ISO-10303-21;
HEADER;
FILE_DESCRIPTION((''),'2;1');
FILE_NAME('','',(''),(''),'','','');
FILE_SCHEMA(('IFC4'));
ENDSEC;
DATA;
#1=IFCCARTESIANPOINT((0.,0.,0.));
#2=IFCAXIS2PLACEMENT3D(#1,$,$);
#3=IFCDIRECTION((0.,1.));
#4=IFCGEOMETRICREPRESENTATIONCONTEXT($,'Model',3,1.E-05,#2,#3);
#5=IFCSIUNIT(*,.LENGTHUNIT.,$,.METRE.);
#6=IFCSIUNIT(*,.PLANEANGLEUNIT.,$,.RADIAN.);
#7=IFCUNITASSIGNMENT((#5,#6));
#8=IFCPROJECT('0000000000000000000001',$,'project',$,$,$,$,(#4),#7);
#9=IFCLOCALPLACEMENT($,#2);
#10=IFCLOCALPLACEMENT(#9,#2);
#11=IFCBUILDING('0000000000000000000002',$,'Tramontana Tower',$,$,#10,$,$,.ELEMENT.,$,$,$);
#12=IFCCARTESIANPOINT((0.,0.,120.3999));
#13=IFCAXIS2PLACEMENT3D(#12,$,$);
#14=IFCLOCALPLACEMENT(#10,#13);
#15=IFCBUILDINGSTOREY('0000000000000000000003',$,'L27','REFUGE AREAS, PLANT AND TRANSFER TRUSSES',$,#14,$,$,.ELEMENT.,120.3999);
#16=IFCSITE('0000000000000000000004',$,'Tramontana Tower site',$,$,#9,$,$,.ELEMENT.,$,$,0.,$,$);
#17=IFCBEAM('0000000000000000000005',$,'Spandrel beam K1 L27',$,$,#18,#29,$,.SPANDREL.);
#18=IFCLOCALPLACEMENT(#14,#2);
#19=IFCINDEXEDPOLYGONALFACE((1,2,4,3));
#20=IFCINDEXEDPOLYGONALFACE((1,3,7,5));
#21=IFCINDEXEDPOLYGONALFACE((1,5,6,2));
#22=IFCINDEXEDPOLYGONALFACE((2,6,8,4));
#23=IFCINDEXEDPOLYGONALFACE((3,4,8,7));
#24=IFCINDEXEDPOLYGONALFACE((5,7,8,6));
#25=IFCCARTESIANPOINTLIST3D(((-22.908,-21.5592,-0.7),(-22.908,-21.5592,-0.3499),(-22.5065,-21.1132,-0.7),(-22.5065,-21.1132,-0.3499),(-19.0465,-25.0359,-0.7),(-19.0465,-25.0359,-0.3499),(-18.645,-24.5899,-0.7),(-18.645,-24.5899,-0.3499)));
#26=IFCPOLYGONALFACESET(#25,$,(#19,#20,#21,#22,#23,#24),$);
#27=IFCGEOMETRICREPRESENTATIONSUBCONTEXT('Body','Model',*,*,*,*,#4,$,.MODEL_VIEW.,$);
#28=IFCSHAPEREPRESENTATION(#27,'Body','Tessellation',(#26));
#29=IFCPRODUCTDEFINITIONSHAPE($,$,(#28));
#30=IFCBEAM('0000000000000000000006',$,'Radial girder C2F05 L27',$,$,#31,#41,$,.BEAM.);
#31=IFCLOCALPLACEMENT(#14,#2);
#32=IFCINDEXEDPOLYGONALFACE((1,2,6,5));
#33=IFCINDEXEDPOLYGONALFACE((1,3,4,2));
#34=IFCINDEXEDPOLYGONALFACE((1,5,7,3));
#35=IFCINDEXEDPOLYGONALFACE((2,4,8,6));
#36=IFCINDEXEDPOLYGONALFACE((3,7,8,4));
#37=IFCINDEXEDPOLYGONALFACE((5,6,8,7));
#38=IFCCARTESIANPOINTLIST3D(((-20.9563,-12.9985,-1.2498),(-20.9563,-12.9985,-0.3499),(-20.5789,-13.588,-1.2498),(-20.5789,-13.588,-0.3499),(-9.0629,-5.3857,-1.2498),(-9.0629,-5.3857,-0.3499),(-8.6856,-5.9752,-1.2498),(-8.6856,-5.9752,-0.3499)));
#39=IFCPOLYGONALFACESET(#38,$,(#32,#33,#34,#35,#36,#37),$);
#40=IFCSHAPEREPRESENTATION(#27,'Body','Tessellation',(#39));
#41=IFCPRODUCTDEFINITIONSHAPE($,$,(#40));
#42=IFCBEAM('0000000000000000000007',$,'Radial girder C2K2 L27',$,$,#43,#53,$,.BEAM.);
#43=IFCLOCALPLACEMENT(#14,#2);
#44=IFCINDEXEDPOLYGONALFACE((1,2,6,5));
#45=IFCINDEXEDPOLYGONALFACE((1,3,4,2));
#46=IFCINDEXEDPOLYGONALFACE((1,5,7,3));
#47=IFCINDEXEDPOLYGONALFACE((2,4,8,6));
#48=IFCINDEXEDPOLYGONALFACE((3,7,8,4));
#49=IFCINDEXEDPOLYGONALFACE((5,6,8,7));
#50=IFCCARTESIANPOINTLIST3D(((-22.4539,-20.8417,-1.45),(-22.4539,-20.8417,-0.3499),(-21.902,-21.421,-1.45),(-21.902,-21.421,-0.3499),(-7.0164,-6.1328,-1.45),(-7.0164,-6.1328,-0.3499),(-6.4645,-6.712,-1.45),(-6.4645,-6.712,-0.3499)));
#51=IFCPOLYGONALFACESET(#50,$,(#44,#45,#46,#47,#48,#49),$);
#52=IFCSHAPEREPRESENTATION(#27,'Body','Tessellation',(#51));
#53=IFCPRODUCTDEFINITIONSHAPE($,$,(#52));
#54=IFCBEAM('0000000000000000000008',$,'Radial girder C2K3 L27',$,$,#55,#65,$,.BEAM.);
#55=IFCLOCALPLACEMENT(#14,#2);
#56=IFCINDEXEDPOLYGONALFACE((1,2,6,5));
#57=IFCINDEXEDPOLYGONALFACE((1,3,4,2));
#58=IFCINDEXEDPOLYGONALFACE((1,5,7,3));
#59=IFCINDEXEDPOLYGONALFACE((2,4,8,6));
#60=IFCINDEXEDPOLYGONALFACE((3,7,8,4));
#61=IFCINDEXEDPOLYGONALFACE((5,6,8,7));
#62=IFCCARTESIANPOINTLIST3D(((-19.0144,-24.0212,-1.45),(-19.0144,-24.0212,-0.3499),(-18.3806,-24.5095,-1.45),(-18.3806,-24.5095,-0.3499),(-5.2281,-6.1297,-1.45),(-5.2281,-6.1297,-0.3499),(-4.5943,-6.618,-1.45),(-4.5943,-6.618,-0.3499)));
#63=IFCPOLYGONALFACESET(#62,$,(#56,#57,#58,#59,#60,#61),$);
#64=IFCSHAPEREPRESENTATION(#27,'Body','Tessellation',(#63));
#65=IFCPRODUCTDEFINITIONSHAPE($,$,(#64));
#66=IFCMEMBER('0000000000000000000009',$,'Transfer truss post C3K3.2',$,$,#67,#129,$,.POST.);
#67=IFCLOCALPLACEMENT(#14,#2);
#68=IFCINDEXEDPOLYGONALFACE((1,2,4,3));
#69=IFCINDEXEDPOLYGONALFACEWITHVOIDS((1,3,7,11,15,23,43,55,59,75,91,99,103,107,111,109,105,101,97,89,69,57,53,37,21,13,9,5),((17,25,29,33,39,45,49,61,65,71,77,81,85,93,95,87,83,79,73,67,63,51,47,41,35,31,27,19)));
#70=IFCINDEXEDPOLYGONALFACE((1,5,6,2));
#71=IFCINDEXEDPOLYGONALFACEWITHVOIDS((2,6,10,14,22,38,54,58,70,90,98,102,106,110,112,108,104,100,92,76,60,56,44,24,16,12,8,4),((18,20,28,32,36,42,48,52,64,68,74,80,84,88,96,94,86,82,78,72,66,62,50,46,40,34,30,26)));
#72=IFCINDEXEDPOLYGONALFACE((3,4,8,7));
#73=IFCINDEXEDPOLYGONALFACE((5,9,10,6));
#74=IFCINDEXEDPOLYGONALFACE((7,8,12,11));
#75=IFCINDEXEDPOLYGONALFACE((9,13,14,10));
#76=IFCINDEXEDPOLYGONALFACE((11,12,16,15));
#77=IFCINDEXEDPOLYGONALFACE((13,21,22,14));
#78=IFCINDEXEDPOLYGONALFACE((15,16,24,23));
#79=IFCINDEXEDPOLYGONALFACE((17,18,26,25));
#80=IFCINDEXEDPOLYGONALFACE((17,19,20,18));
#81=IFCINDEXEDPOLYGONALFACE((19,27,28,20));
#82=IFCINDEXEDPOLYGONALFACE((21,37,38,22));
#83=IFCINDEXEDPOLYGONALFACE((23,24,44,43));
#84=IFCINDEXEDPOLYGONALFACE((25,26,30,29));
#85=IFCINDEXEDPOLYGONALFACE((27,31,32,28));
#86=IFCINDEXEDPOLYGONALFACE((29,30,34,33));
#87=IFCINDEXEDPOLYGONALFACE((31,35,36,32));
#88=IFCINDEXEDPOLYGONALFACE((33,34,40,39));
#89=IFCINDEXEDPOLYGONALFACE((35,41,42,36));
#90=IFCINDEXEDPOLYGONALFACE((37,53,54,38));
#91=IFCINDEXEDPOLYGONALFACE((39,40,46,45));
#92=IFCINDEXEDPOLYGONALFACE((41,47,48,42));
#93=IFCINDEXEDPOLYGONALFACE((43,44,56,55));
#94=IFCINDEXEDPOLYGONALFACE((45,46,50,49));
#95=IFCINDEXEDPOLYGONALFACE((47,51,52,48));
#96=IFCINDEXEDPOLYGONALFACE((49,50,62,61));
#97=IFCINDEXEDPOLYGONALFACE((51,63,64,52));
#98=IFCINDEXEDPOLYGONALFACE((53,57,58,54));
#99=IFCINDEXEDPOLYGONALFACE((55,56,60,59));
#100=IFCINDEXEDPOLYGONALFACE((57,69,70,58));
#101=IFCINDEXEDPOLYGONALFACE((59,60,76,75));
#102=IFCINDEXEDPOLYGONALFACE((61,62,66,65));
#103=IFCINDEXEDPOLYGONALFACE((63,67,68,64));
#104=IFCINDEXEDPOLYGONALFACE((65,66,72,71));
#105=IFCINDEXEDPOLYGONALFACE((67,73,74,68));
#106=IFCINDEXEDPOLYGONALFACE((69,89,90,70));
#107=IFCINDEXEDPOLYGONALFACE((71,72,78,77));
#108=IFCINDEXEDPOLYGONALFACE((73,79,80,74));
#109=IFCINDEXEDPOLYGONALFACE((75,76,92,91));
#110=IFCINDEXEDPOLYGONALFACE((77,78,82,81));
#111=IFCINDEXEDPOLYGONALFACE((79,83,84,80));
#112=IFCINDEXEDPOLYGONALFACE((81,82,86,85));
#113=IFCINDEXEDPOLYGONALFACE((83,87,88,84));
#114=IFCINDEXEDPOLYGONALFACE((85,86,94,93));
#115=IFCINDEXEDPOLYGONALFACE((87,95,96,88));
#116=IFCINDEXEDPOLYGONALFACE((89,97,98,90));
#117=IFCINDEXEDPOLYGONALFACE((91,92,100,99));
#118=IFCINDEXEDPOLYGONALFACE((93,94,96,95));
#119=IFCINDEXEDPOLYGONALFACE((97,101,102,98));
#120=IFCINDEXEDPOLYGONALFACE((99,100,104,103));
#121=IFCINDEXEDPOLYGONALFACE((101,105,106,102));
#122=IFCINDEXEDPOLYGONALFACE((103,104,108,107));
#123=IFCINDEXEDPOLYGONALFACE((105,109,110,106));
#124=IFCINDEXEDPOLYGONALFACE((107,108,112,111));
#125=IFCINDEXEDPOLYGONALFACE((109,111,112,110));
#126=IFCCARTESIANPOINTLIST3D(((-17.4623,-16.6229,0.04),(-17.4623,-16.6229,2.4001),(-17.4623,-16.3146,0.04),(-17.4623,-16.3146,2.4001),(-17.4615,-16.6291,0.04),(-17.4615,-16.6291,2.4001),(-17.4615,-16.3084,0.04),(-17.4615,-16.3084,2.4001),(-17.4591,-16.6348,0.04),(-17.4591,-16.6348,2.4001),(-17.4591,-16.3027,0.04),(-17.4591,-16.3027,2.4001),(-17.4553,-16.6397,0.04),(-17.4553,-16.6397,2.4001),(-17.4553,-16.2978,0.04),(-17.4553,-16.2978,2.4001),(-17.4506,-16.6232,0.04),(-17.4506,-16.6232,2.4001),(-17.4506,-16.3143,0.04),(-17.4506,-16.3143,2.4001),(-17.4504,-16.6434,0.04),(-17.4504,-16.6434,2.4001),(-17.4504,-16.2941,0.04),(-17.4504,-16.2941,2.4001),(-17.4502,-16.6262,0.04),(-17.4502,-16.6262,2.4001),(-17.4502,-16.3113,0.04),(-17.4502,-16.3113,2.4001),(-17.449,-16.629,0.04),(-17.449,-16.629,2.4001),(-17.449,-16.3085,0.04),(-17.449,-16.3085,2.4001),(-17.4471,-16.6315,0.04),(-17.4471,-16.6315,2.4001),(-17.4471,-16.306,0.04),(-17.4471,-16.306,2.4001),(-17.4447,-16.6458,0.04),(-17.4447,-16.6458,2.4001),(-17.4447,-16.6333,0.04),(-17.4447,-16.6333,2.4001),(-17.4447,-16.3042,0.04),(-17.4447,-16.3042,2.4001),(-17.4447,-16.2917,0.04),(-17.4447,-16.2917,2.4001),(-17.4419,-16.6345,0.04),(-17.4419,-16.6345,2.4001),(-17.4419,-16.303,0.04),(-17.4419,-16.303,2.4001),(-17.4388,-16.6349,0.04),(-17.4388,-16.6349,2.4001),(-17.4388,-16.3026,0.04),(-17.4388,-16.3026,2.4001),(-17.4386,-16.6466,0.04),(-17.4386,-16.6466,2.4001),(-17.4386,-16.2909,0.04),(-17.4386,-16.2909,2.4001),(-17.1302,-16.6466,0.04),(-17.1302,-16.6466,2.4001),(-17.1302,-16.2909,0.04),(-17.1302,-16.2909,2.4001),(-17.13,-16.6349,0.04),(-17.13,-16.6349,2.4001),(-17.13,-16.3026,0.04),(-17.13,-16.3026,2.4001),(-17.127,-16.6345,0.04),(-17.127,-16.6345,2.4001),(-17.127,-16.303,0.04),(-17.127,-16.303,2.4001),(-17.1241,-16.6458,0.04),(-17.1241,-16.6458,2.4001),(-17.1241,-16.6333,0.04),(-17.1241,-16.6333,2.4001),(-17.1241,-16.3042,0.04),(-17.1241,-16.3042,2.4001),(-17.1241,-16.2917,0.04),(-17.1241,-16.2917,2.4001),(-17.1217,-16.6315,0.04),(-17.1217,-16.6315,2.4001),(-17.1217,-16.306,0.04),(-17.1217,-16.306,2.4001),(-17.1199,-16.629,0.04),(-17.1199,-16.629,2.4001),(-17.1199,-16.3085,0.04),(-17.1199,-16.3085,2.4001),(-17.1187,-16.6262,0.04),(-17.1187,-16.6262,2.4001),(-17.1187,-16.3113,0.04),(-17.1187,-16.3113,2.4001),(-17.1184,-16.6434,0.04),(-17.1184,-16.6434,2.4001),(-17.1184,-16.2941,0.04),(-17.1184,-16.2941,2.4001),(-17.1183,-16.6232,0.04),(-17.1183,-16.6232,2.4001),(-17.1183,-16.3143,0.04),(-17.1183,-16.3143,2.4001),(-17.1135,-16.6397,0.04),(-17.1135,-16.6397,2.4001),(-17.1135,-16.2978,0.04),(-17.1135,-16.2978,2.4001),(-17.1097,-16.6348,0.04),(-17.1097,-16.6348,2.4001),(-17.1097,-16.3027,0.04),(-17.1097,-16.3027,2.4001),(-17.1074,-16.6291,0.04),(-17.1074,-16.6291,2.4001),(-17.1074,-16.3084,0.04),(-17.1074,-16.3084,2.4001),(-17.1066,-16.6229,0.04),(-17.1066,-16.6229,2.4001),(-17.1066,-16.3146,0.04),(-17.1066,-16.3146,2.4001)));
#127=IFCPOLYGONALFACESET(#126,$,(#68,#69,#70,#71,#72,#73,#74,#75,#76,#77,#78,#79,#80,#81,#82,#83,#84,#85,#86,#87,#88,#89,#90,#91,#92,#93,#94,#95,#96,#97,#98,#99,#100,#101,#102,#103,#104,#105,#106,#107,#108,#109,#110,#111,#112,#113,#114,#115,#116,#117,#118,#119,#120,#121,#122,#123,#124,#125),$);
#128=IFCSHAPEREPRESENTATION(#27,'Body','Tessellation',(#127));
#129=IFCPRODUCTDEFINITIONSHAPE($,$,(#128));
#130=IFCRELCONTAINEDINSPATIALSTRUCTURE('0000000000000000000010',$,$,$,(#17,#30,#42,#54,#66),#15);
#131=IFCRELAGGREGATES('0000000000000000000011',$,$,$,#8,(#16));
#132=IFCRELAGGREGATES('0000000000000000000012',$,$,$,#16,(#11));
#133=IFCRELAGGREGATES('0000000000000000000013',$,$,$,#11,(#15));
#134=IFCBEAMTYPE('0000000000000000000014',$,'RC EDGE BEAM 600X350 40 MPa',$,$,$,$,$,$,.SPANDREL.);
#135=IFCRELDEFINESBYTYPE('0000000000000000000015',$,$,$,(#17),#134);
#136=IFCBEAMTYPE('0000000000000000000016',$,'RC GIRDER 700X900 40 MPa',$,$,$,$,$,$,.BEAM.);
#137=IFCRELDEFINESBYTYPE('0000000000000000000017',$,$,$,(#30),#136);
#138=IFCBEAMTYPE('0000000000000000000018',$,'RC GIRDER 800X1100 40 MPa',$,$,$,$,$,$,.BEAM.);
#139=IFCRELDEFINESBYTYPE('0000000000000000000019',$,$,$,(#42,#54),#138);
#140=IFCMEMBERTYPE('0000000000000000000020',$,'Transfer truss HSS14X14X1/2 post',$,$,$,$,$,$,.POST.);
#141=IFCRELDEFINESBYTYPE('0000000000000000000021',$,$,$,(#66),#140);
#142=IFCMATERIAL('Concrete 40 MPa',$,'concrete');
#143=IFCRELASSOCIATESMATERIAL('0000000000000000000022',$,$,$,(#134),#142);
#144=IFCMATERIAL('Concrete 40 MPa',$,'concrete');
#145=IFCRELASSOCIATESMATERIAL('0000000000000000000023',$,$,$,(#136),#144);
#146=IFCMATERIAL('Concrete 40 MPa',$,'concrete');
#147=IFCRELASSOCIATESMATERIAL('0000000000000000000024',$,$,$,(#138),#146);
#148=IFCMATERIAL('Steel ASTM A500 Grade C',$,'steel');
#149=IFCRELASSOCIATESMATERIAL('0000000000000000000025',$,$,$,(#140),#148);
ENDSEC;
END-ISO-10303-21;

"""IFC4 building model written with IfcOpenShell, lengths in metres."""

from ifc_helpers import new_model, si_unit, direction, frame, origin, origin_2d, place, context, subcontext, project, spatial, rectangle, hollow_rectangle, extrude, material, material_profile, profile_set, type_object, element, save


model = new_model("IFC4")

# Units and contexts
model_context = context("Model", 3, precision=1e-05, world=origin(), true_north=direction((0.0, 1.0)))
body_context = subcontext(model_context, "Body", "Model", "MODEL_VIEW")
ifc_project = project(units=[si_unit("LENGTHUNIT", "METRE"), si_unit("PLANEANGLEUNIT", "RADIAN")], contexts=[model_context])

# Site, building, storey
site_placement = place(None, origin())
site = spatial("IfcSite", under=ifc_project, at=site_placement, Name="Tramontana Tower site", CompositionType="ELEMENT", RefElevation=0.0)
building_placement = place(site_placement, origin())
building = spatial("IfcBuilding", under=site, at=building_placement, Name="Tramontana Tower", CompositionType="ELEMENT")
storey_placement = place(building_placement, frame((0.0, 0.0, 120.3999)))
storey = spatial("IfcBuildingStorey", under=building, at=storey_placement, Name="L27", Description="REFUGE AREAS, PLANT AND TRANSFER TRUSSES", CompositionType="ELEMENT", Elevation=120.3999)

# Beams
ifc_material_1 = material(Name="Concrete 40 MPa", Category="concrete")
ifc_material_profile_1 = material_profile(ifc_material_1, rectangle(XDim=0.6001, YDim=0.3501, at=origin_2d()), Name="RC EDGE BEAM 600X350 40 MPa")
ifc_profile_set_1 = profile_set([ifc_material_profile_1], Name="Concrete 40 MPa")
beam_type_1 = type_object("IfcBeamType", Name="RC EDGE BEAM 600X350 40 MPa", PredefinedType="SPANDREL", material=ifc_profile_set_1)
beam_1_placement = place(storey_placement, frame((-22.7073, -21.3362, -0.5249), z_axis=(0.743161, -0.669113, 0.0), x_axis=(0.669113, 0.743161, 0.0)))
element("IfcBeam", 1, at=beam_1_placement, inside=storey, type_object=beam_type_1, Name="Spandrel beam K1 L27", PredefinedType="SPANDREL", context=body_context, shape_type="SweptSolid", body=[
    extrude(rectangle(XDim=0.6001, YDim=0.3501, at=origin_2d()), origin(), (0.0, 0.0, 1.0), 5.196),
])
ifc_material_2 = material(Name="Concrete 40 MPa", Category="concrete")
ifc_material_profile_2 = material_profile(ifc_material_2, rectangle(XDim=0.7, YDim=0.8999, at=origin_2d()), Name="RC GIRDER 700X900 40 MPa")
ifc_profile_set_2 = profile_set([ifc_material_profile_2], Name="Concrete 40 MPa")
beam_type_2 = type_object("IfcBeamType", Name="RC GIRDER 700X900 40 MPa", PredefinedType="BEAM", material=ifc_profile_set_2)
beam_2_placement = place(storey_placement, frame((-20.7676, -13.2932, -0.7998), z_axis=(0.842237, 0.539108, 0.0), x_axis=(-0.539108, 0.842237, 0.0)))
element("IfcBeam", 2, at=beam_2_placement, inside=storey, type_object=beam_type_2, Name="Radial girder C2F05 L27", PredefinedType="BEAM", context=body_context, shape_type="SweptSolid", body=[
    extrude(rectangle(XDim=0.7, YDim=0.8999, at=origin_2d()), origin(), (0.0, 0.0, 1.0), 14.1211),
])
ifc_material_3 = material(Name="Concrete 40 MPa", Category="concrete")
ifc_material_profile_3 = material_profile(ifc_material_3, rectangle(XDim=0.8, YDim=1.1001, at=origin_2d()), Name="RC GIRDER 800X1100 40 MPa")
ifc_profile_set_3 = profile_set([ifc_material_profile_3], Name="Concrete 40 MPa")
beam_type_3 = type_object("IfcBeamType", Name="RC GIRDER 800X1100 40 MPa", PredefinedType="BEAM", material=ifc_profile_set_3)
beam_3_placement = place(storey_placement, frame((-22.178, -21.1313, -0.8999), z_axis=(0.723983, 0.689818, 0.0), x_axis=(-0.689818, 0.723983, 0.0)))
element("IfcBeam", 3, at=beam_3_placement, inside=storey, type_object=beam_type_3, Name="Radial girder C2K2 L27", PredefinedType="BEAM", context=body_context, shape_type="SweptSolid", body=[
    extrude(rectangle(XDim=0.8, YDim=1.1001, at=origin_2d()), origin(), (0.0, 0.0, 1.0), 21.323),
])
beam_4_placement = place(storey_placement, frame((-18.6975, -24.2654, -0.8999), z_axis=(0.610367, 0.792119, 0.0), x_axis=(-0.792119, 0.610367, 0.0)))
element("IfcBeam", 4, at=beam_4_placement, inside=storey, type_object=beam_type_3, Name="Radial girder C2K3 L27", PredefinedType="BEAM", context=body_context, shape_type="SweptSolid", body=[
    extrude(rectangle(XDim=0.8, YDim=1.1001, at=origin_2d()), origin(), (0.0, 0.0, 1.0), 22.5869),
])

# Member
ifc_material_4 = material(Name="Steel ASTM A500 Grade C", Category="steel")
ifc_material_profile_4 = material_profile(ifc_material_4, hollow_rectangle(XDim=0.3557, YDim=0.3557, WallThickness=0.0117, InnerFilletRadius=0.0117, OuterFilletRadius=0.0237, at=origin_2d()), Name="HSS14X14X1/2")
ifc_profile_set_4 = profile_set([ifc_material_profile_4], Name="Steel ASTM A500 Grade C")
member_type_1 = type_object("IfcMemberType", Name="Transfer truss HSS14X14X1/2 post", PredefinedType="POST", material=ifc_profile_set_4)
member_1_placement = place(storey_placement, frame((-17.2844, -16.4688, 0.04), z_axis=(0.0, 0.0, 1.0), x_axis=(1.0, 0.0, 0.0)))
element("IfcMember", 5, at=member_1_placement, inside=storey, type_object=member_type_1, Name="Transfer truss post C3K3.2", PredefinedType="POST", context=body_context, shape_type="SweptSolid", body=[
    extrude(hollow_rectangle(XDim=0.3557, YDim=0.3557, WallThickness=0.0117, InnerFilletRadius=0.0117, OuterFilletRadius=0.0237, at=origin_2d()), origin(), (0.0, 0.0, 1.0), 2.3601),
])

save(model, "model.ifc")
